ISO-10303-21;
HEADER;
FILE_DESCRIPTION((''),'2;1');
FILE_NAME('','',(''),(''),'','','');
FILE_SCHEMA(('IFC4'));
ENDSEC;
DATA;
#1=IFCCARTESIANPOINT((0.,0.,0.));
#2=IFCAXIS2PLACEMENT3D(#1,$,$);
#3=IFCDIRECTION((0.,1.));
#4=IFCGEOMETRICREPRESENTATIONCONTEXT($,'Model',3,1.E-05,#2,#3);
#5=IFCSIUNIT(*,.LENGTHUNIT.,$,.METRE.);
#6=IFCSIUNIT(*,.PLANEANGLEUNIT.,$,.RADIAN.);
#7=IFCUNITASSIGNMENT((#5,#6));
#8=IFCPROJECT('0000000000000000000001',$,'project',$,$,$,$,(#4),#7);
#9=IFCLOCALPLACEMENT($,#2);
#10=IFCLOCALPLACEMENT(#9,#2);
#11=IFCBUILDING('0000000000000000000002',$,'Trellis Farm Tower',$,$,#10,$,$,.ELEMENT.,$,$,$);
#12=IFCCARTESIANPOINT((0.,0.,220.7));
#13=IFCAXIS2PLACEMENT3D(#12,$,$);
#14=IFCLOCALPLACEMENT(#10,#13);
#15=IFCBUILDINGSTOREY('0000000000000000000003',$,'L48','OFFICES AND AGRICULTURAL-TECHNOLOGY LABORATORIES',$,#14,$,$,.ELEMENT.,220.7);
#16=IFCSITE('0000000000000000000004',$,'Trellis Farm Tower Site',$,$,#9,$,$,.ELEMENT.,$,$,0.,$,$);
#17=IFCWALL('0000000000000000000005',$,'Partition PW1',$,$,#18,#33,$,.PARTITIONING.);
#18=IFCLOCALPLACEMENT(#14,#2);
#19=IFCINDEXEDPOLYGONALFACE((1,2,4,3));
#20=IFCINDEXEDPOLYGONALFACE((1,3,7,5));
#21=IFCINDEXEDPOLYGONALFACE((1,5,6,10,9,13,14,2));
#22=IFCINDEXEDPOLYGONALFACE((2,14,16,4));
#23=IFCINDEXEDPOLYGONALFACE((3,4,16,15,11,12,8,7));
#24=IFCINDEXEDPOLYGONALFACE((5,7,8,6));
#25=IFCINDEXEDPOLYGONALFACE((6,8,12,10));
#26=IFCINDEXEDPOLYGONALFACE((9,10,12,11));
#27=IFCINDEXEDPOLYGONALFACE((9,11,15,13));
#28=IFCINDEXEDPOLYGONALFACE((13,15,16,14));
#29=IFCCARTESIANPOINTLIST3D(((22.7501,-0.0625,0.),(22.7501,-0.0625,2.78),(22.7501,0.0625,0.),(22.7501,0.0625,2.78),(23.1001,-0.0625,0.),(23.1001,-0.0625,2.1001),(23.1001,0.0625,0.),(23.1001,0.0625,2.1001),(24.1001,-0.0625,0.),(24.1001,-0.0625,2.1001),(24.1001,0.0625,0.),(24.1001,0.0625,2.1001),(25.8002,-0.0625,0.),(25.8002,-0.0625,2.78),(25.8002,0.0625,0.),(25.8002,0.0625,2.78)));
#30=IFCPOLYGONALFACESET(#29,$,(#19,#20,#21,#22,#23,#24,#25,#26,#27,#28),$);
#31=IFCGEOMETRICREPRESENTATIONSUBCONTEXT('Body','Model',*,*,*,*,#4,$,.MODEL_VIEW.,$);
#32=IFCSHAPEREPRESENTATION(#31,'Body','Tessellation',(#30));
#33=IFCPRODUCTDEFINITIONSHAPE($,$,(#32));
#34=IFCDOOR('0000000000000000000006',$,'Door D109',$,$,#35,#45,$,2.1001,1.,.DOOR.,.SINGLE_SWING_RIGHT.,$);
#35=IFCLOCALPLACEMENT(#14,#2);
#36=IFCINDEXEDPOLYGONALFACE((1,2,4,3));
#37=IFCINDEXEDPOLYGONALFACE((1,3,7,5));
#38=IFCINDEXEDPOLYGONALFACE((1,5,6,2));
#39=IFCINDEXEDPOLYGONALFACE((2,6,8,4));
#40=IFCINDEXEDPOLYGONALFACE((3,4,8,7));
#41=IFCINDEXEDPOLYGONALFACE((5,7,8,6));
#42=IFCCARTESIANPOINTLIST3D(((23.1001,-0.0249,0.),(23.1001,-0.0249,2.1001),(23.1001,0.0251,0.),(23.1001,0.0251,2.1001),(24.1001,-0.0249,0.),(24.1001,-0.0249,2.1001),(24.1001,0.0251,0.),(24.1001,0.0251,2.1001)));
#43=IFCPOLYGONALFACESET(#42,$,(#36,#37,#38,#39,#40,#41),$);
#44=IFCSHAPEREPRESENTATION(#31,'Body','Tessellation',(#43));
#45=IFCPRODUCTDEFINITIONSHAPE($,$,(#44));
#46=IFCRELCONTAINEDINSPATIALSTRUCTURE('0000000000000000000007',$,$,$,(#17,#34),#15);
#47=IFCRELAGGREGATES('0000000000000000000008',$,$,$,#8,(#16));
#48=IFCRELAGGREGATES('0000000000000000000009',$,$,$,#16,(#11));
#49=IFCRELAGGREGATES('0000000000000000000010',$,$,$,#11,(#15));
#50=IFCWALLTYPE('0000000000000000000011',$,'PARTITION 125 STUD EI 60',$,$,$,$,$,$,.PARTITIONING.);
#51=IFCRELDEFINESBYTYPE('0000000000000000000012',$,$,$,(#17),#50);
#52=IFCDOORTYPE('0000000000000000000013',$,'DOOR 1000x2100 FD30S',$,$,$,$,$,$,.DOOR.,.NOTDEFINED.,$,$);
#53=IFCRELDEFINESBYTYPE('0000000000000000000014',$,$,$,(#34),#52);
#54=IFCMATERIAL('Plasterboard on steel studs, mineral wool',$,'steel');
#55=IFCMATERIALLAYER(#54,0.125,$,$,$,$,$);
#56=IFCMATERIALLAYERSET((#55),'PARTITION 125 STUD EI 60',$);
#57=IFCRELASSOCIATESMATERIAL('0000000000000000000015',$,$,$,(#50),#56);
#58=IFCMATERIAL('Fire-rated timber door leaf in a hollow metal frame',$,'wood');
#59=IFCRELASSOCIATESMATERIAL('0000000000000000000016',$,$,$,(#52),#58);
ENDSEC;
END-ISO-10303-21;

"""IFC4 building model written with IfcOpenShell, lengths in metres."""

from ifc_helpers import new_model, si_unit, direction, frame, frame_2d, origin, place, context, subcontext, project, spatial, rectangle, extrude, source, transform, mapped, material, layer, layer_set, type_object, element, fill, save


model = new_model("IFC4")

# Units and contexts
model_context = context("Model", 3, precision=1e-05, world=origin(), true_north=direction((0.0, 1.0)))
body_context = subcontext(model_context, "Body", "Model", "MODEL_VIEW")
ifc_project = project(units=[si_unit("LENGTHUNIT", "METRE"), si_unit("PLANEANGLEUNIT", "RADIAN")], contexts=[model_context])

# Site, building, storey
site_placement = place(None, origin())
site = spatial("IfcSite", under=ifc_project, at=site_placement, Name="Trellis Farm Tower Site", CompositionType="ELEMENT", RefElevation=0.0)
building_placement = place(site_placement, origin())
building = spatial("IfcBuilding", under=site, at=building_placement, Name="Trellis Farm Tower", CompositionType="ELEMENT")
storey_placement = place(building_placement, frame((0.0, 0.0, 220.7)))
storey = spatial("IfcBuildingStorey", under=building, at=storey_placement, Name="L48", Description="OFFICES AND AGRICULTURAL-TECHNOLOGY LABORATORIES", CompositionType="ELEMENT", Elevation=220.7)

# Wall, opening, door
ifc_material_1 = material(Name="Plasterboard on steel studs, mineral wool", Category="steel")
ifc_layer_1 = layer(ifc_material_1, 0.125)
ifc_layer_set_1 = layer_set([ifc_layer_1], Name="PARTITION 125 STUD EI 60")
wall_type_1 = type_object("IfcWallType", Name="PARTITION 125 STUD EI 60", PredefinedType="PARTITIONING", material=ifc_layer_set_1)
shared_shape_1 = source(origin(), body_context, "Body", "SweptSolid", [
    extrude(rectangle(XDim=3.05, YDim=0.125, at=frame_2d((1.5249, 0.0))), origin(), (0.0, 0.0, 1.0), 2.78),
])
wall_1_placement = place(storey_placement, frame((25.8, 0.0, 0.0), z_axis=(0.0, 0.0, 1.0), x_axis=(-1.0, 0.0, 0.0)))
wall_1 = element("IfcWall", 1, at=wall_1_placement, inside=storey, type_object=wall_type_1, Name="Partition PW1", PredefinedType="PARTITIONING", context=body_context, shape_type="MappedRepresentation", body=[
    mapped(shared_shape_1, transform((0.0, 0.0, 0.0))),
])
shared_shape_2 = source(origin(), body_context, "Body", "SweptSolid", [
    extrude(rectangle(XDim=1.0, YDim=2.1001, at=frame_2d((0.5, 1.05))), frame((0.0, 0.0725, 0.0), z_axis=(0.0, -1.0, 0.0), x_axis=(1.0, 0.0, 0.0)), (0.0, 0.0, 1.0), 0.145),
])
opening_1_placement = place(wall_1_placement, frame((1.7, 0.0, 0.0)))
opening_1 = element("IfcOpeningElement", 2, at=opening_1_placement, cuts=wall_1, PredefinedType="OPENING", context=body_context, shape_type="MappedRepresentation", body=[
    mapped(shared_shape_2, transform((0.0, 0.0, 0.0))),
])
ifc_material_2 = material(Name="Fire-rated timber door leaf in a hollow metal frame", Category="wood")
door_type_1 = type_object("IfcDoorType", Name="DOOR 1000x2100 FD30S", OperationType="NOTDEFINED", PredefinedType="DOOR", material=ifc_material_2)
shared_shape_3 = source(origin(), body_context, "Body", "SweptSolid", [
    extrude(rectangle(XDim=1.0, YDim=2.1001, at=frame_2d((0.5, 1.05))), frame((0.0, 0.0249, 0.0), z_axis=(0.0, -1.0, 0.0), x_axis=(1.0, 0.0, 0.0)), (0.0, 0.0, 1.0), 0.05),
])
door_1_placement = place(opening_1_placement, origin())
door_1 = element("IfcDoor", 3, at=door_1_placement, inside=storey, type_object=door_type_1, Name="Door D109", OperationType="SINGLE_SWING_RIGHT", OverallHeight=2.1001, OverallWidth=1.0, PredefinedType="DOOR", context=body_context, shape_type="MappedRepresentation", body=[
    mapped(shared_shape_3, transform((0.0, 0.0, 0.0))),
])
fill(opening_1, door_1)

save(model, "model.ifc")
